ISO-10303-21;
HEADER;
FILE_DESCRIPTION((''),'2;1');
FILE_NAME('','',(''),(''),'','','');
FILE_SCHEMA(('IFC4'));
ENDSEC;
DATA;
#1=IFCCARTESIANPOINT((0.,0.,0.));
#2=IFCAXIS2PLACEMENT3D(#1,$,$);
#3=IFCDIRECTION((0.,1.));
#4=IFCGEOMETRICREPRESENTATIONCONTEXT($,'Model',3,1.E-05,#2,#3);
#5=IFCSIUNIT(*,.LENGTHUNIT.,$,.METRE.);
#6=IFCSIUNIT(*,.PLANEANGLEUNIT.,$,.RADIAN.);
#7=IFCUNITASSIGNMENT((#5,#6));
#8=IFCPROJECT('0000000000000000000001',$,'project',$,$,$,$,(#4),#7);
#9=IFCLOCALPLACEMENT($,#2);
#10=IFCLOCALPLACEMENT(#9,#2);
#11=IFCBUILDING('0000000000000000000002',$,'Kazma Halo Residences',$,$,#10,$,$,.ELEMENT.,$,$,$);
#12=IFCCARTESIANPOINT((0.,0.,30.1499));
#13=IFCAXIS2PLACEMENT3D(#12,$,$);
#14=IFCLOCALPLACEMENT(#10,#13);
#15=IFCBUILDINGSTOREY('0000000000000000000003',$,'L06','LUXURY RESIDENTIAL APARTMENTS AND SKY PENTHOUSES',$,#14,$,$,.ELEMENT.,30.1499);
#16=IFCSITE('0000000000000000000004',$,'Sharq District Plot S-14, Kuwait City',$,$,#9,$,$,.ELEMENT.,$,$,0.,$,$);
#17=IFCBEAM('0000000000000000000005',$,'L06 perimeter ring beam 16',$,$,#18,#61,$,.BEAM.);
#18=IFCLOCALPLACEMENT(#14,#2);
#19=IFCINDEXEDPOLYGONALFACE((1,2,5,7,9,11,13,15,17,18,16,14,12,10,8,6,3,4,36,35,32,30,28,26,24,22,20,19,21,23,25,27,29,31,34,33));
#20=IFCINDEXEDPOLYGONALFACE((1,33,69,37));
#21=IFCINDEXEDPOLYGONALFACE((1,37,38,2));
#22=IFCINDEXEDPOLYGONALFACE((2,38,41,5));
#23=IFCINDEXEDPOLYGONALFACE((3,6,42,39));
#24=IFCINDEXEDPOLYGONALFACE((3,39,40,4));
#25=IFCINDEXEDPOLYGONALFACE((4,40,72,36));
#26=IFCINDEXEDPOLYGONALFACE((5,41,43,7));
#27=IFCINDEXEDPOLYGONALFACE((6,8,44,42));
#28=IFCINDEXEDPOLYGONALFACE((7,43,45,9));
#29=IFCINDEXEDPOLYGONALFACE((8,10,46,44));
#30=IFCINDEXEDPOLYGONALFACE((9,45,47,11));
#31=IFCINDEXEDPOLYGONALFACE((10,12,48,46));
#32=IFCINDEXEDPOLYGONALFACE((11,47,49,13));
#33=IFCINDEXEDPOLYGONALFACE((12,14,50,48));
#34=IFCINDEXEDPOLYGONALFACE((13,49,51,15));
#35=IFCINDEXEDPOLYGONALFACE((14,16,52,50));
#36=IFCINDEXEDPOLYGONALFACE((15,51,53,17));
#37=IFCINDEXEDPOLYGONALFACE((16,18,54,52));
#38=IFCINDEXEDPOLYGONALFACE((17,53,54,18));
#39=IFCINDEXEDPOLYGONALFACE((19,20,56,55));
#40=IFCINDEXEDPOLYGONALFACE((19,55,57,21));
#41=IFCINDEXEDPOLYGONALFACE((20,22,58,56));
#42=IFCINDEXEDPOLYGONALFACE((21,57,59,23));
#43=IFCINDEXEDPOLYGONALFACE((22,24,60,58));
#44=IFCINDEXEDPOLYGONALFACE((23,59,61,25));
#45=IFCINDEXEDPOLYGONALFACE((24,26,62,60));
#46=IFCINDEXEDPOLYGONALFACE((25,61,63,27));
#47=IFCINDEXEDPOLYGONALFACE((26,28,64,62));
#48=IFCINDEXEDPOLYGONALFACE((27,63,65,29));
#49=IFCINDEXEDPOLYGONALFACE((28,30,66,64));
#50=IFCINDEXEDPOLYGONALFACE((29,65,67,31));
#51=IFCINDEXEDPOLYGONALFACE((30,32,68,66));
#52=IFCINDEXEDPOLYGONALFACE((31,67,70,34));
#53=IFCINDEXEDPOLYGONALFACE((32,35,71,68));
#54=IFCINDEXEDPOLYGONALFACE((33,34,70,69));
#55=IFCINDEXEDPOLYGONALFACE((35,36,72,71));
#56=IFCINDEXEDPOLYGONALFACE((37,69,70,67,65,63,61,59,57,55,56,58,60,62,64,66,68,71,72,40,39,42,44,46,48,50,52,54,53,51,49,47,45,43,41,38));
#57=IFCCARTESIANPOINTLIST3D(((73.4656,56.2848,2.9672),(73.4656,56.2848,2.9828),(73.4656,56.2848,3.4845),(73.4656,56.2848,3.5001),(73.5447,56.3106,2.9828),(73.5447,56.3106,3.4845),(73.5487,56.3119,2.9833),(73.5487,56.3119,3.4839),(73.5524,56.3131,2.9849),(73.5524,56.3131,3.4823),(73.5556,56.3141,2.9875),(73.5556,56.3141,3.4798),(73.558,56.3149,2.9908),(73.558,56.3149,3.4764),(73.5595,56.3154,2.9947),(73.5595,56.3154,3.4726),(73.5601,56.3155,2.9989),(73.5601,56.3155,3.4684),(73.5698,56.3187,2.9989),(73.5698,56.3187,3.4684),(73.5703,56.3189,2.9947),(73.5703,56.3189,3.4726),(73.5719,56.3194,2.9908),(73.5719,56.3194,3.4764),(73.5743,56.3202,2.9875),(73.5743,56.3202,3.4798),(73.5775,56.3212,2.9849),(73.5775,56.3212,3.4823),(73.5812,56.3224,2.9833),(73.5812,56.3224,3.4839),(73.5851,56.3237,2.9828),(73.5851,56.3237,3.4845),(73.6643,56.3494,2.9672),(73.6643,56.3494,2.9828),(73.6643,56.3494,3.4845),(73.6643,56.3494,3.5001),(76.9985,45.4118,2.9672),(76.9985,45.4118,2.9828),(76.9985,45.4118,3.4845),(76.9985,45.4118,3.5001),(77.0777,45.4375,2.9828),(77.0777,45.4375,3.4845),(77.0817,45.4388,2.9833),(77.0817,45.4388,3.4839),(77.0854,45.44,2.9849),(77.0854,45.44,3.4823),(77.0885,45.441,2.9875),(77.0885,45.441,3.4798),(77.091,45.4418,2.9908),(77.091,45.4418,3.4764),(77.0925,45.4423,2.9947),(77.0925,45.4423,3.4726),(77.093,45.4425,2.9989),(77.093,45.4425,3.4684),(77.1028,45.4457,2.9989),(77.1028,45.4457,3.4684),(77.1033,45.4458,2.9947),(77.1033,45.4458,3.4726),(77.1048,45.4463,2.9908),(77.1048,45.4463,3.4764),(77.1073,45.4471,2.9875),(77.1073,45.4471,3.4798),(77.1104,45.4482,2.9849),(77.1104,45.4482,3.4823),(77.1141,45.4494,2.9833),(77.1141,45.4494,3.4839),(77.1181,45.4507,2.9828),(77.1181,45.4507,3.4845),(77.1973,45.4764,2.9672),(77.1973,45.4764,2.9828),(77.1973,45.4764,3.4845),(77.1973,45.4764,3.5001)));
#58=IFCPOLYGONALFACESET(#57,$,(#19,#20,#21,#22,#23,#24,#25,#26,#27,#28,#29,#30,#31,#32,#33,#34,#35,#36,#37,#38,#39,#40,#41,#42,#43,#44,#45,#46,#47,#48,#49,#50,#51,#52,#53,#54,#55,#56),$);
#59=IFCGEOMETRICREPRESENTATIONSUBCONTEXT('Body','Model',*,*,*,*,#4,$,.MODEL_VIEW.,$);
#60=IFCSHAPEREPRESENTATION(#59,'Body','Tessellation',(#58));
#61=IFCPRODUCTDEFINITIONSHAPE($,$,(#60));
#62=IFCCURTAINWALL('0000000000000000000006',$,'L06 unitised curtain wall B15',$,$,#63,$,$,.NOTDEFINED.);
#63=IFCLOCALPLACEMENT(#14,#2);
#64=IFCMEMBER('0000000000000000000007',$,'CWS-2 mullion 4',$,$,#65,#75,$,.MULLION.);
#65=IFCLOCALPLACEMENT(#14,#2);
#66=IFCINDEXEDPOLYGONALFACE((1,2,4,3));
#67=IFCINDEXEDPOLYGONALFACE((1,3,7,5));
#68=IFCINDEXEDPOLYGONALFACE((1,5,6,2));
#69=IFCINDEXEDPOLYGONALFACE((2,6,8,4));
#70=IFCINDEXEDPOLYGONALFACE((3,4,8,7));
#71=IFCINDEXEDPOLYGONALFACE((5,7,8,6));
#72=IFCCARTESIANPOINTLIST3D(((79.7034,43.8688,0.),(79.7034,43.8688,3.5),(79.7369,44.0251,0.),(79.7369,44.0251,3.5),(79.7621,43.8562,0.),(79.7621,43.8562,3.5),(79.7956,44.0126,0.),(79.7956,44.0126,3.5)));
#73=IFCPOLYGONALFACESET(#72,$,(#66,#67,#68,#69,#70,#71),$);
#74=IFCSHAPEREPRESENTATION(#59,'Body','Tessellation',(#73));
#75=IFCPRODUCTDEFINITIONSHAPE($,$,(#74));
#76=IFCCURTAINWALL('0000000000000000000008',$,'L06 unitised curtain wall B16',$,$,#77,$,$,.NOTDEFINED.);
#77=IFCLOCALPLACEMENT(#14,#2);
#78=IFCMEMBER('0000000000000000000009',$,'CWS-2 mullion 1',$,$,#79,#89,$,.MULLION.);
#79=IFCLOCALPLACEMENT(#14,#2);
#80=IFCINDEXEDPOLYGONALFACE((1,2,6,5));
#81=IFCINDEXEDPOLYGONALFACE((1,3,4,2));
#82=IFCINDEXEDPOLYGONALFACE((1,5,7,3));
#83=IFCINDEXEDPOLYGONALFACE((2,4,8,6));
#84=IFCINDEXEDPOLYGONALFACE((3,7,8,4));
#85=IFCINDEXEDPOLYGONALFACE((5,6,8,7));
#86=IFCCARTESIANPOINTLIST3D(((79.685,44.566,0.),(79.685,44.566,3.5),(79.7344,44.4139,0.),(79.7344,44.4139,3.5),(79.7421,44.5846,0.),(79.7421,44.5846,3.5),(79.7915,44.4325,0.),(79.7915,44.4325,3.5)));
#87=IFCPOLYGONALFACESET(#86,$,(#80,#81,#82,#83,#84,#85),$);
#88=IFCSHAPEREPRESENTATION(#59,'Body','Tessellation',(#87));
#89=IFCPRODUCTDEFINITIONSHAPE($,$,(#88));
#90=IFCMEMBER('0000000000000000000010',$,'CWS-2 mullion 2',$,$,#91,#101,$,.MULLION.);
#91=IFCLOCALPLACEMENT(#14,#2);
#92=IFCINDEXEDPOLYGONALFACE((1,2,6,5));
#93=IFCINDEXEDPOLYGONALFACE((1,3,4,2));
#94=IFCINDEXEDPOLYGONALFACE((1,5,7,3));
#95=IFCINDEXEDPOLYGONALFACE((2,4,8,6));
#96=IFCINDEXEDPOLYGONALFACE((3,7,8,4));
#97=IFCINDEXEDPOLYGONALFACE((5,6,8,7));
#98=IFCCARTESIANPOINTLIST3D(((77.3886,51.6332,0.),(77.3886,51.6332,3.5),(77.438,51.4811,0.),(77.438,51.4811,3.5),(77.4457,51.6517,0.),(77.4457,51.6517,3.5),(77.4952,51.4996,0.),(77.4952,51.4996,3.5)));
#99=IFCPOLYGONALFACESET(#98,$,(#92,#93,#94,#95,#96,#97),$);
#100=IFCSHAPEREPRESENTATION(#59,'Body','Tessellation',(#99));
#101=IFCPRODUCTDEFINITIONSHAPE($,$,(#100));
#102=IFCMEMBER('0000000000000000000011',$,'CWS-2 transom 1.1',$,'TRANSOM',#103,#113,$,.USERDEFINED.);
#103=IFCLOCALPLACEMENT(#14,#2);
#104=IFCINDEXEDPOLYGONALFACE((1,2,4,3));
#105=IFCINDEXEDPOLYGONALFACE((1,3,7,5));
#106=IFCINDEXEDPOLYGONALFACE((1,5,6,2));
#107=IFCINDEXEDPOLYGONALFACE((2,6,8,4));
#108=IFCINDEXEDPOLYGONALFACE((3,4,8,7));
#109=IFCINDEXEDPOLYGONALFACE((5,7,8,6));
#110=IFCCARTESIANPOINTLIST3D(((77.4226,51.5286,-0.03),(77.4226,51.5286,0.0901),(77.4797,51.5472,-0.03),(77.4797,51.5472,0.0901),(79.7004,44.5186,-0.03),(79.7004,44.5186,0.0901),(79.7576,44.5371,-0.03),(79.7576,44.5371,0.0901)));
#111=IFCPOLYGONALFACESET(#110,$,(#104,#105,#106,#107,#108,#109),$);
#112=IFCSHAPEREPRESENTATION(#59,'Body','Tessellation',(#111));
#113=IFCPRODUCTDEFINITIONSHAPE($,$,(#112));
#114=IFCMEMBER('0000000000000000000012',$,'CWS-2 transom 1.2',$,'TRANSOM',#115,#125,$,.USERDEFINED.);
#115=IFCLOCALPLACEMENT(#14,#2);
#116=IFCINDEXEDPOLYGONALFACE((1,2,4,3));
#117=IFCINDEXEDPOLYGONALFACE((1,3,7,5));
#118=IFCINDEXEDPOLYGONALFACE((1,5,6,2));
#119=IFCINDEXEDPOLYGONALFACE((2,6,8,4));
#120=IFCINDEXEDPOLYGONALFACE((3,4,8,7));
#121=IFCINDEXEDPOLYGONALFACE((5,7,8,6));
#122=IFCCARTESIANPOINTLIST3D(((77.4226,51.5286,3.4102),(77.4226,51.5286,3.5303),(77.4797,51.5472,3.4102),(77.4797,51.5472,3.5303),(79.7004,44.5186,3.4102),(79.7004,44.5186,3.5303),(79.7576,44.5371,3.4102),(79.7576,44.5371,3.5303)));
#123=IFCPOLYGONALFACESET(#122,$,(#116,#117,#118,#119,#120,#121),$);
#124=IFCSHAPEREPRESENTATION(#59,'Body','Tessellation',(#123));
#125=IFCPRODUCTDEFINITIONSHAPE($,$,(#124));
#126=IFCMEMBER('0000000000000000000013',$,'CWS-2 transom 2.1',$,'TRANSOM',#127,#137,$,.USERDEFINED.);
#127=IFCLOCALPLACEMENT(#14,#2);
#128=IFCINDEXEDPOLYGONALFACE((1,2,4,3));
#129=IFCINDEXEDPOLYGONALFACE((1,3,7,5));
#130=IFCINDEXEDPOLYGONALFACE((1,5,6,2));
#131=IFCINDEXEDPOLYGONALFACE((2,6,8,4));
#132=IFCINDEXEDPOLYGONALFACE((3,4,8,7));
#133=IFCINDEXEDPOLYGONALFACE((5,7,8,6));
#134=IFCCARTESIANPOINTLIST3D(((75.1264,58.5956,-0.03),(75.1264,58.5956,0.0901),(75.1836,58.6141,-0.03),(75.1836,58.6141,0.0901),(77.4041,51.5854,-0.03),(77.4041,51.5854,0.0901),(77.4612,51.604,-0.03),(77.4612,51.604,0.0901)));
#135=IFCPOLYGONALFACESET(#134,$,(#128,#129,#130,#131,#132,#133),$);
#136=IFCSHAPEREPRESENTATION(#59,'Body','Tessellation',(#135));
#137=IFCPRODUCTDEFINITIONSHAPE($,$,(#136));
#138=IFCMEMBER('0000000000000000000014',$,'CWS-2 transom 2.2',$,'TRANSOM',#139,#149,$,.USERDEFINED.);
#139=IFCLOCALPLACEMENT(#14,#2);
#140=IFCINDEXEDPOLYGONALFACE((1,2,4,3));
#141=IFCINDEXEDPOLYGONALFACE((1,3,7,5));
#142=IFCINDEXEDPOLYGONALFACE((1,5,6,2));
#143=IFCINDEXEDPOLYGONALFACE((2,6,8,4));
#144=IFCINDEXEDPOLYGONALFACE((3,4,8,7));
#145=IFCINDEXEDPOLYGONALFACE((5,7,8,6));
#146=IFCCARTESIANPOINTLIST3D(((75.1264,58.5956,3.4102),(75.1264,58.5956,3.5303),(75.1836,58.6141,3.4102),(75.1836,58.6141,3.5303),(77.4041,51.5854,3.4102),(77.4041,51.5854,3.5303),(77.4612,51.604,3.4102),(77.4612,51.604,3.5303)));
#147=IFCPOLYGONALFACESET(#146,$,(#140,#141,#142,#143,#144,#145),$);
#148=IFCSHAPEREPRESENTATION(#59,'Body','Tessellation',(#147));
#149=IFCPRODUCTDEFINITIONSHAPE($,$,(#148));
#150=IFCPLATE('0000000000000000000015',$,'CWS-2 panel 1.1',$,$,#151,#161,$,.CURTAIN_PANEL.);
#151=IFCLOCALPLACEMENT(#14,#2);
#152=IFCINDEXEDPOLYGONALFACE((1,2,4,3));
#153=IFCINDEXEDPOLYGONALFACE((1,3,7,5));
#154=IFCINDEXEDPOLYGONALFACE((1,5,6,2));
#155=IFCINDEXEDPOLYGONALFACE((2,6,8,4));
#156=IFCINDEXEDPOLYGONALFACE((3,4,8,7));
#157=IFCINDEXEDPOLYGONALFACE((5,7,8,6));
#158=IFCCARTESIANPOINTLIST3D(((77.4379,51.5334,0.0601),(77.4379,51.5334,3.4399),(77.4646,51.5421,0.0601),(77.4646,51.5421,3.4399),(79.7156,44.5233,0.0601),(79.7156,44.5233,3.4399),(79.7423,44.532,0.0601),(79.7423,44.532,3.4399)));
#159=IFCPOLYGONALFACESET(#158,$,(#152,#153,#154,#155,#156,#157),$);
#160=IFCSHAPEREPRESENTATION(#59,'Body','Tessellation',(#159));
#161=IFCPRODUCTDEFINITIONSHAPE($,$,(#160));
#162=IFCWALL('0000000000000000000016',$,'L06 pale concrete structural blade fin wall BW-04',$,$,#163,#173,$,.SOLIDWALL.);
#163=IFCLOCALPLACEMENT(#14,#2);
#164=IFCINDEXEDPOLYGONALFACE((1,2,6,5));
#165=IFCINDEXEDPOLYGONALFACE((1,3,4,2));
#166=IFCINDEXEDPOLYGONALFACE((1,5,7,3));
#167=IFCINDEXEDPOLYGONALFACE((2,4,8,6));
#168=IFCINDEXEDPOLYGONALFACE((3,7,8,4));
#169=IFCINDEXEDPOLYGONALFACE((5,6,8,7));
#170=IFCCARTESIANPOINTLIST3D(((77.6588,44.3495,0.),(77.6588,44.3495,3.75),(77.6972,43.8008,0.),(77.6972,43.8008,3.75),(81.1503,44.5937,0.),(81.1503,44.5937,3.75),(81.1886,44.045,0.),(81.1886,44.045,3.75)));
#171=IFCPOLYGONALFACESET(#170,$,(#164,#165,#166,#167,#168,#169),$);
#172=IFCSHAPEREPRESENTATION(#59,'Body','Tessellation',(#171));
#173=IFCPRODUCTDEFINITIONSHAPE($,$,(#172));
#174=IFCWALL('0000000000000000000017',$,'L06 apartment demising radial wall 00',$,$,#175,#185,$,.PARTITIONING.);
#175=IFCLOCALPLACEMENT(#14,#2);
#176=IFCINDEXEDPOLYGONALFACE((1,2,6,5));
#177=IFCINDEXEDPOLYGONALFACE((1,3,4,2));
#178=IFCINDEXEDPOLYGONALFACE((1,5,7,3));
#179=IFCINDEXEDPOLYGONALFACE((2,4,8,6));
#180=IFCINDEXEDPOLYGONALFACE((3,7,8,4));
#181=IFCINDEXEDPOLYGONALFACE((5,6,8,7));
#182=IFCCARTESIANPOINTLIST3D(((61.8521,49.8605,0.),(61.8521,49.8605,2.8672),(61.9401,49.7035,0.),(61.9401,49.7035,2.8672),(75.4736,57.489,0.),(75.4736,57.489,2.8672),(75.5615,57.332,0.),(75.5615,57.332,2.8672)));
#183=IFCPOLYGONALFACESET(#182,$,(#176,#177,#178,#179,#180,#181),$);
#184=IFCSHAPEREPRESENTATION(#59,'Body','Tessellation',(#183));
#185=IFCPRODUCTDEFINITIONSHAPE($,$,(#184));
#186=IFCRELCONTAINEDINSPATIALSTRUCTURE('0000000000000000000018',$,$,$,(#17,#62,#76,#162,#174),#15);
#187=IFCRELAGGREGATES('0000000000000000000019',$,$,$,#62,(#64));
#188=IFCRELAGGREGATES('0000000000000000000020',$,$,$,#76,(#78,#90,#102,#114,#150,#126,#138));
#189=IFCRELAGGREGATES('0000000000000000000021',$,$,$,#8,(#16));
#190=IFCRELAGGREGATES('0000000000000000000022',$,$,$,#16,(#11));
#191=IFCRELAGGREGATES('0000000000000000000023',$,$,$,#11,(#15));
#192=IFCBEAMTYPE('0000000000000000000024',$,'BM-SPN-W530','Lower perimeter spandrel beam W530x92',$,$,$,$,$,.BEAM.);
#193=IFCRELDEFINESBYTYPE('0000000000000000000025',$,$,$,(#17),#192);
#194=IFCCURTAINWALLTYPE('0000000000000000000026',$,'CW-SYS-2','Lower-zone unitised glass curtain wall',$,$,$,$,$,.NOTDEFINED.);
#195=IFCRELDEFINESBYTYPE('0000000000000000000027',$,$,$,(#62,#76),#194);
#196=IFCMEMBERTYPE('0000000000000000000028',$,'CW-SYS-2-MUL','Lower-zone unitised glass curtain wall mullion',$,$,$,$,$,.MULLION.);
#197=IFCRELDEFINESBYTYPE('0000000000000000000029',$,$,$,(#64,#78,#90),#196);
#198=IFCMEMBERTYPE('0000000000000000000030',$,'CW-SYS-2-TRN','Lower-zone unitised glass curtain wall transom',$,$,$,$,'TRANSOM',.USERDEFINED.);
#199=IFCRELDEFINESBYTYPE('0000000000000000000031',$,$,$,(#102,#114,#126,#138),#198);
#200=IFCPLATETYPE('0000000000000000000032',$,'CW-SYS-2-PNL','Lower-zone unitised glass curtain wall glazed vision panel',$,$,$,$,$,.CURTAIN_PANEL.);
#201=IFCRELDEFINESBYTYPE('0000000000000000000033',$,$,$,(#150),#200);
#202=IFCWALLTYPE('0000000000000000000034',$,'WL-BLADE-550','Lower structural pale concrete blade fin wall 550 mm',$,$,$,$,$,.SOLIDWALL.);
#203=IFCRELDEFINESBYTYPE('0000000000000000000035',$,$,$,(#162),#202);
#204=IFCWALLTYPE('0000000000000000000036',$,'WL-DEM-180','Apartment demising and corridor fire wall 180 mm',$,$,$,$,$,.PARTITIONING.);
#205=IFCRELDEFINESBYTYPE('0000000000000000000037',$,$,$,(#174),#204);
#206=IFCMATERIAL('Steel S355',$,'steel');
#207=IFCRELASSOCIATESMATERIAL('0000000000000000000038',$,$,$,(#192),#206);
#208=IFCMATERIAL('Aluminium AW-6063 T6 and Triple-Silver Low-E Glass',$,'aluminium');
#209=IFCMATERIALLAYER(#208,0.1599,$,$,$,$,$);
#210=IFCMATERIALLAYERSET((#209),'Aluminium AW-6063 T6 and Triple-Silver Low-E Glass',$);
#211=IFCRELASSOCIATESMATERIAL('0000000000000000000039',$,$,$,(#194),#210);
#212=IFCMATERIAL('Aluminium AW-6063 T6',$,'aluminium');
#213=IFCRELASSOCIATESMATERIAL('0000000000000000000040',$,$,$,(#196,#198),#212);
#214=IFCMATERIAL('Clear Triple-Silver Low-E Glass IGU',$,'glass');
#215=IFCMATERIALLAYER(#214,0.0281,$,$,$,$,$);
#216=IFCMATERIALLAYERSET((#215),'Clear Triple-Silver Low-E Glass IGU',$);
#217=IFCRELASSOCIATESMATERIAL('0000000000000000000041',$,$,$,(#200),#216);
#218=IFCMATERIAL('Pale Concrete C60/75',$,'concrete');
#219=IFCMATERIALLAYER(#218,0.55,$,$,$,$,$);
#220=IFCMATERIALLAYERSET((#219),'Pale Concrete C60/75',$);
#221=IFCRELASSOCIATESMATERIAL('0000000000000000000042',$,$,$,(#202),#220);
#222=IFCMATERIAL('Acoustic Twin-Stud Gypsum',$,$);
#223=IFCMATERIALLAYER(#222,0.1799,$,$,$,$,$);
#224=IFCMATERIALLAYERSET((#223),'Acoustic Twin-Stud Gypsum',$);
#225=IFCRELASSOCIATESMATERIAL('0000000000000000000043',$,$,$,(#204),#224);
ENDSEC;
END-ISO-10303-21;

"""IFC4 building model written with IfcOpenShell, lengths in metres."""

from ifc_helpers import new_model, si_unit, direction, frame, frame_2d, origin, origin_2d, place, context, subcontext, project, spatial, rectangle, i_section, extrude, material, layer, layer_set, material_profile, profile_set, type_object, element, aggregate, save


model = new_model("IFC4")

# Units and contexts
model_context = context("Model", 3, precision=1e-05, world=origin(), true_north=direction((0.0, 1.0)))
body_context = subcontext(model_context, "Body", "Model", "MODEL_VIEW")
ifc_project = project(units=[si_unit("LENGTHUNIT", "METRE"), si_unit("PLANEANGLEUNIT", "RADIAN")], contexts=[model_context])

# Site, building, storey
site_placement = place(None, origin())
site = spatial("IfcSite", under=ifc_project, at=site_placement, Name="Sharq District Plot S-14, Kuwait City", CompositionType="ELEMENT", RefElevation=0.0)
building_placement = place(site_placement, origin())
building = spatial("IfcBuilding", under=site, at=building_placement, Name="Kazma Halo Residences", CompositionType="ELEMENT")
storey_placement = place(building_placement, frame((0.0, 0.0, 30.1499)))
storey = spatial("IfcBuildingStorey", under=building, at=storey_placement, Name="L06", Description="LUXURY RESIDENTIAL APARTMENTS AND SKY PENTHOUSES", CompositionType="ELEMENT", Elevation=30.1499)

# Beam
ifc_material_1 = material(Name="Steel S355", Category="steel")
ifc_material_profile_1 = material_profile(ifc_material_1, i_section(OverallWidth=0.209, OverallDepth=0.533, WebThickness=0.0103, FlangeThickness=0.0156, FilletRadius=0.0161, at=origin_2d()), Name="W530x92")
ifc_profile_set_1 = profile_set([ifc_material_profile_1], Name="Steel S355")
beam_type_1 = type_object("IfcBeamType", Name="BM-SPN-W530", Description="Lower perimeter spandrel beam W530x92", PredefinedType="BEAM", material=ifc_profile_set_1)
beam_1_placement = place(storey_placement, frame((77.0979, 45.4441, 3.2336), z_axis=(-0.309024, 0.951054, 0.0), x_axis=(-0.951054, -0.309024, 0.0)))
element("IfcBeam", 1, at=beam_1_placement, inside=storey, type_object=beam_type_1, Name="L06 perimeter ring beam 16", PredefinedType="BEAM", context=body_context, shape_type="SweptSolid", body=[
    extrude(i_section(OverallWidth=0.209, OverallDepth=0.533, WebThickness=0.0103, FlangeThickness=0.0156, FilletRadius=0.0161, at=origin_2d()), origin(), (0.0, 0.0, 1.0), 11.4326),
])

# Curtain wall, member
ifc_material_2 = material(Name="Aluminium AW-6063 T6 and Triple-Silver Low-E Glass", Category="aluminium")
ifc_layer_1 = layer(ifc_material_2, 0.1599)
ifc_layer_set_1 = layer_set([ifc_layer_1], Name="Aluminium AW-6063 T6 and Triple-Silver Low-E Glass")
curtain_wall_type = type_object("IfcCurtainWallType", Name="CW-SYS-2", Description="Lower-zone unitised glass curtain wall", PredefinedType="NOTDEFINED", material=ifc_layer_set_1)
curtain_wall_1_placement = place(storey_placement, origin())
curtain_wall_1 = element("IfcCurtainWall", 2, at=curtain_wall_1_placement, inside=storey, type_object=curtain_wall_type, Name="L06 unitised curtain wall B15", PredefinedType="NOTDEFINED")
ifc_material_3 = material(Name="Aluminium AW-6063 T6", Category="aluminium")
ifc_material_profile_2 = material_profile(ifc_material_3, rectangle(XDim=0.0601, YDim=0.1599, at=origin_2d()), Name="CWM-60x160")
ifc_profile_set_2 = profile_set([ifc_material_profile_2], Name="Aluminium AW-6063 T6")
member_type_1 = type_object("IfcMemberType", Name="CW-SYS-2-MUL", Description="Lower-zone unitised glass curtain wall mullion", PredefinedType="MULLION", material=ifc_profile_set_2)
member_1_placement = place(storey_placement, frame((79.7495, 43.9407, 0.0), z_axis=(0.0, 0.0, 1.0), x_axis=(-0.977779, 0.209637, 0.0)))
member_1 = element("IfcMember", 3, at=member_1_placement, type_object=member_type_1, Name="CWS-2 mullion 4", PredefinedType="MULLION", context=body_context, shape_type="SweptSolid", body=[
    extrude(rectangle(XDim=0.0601, YDim=0.1599, at=origin_2d()), origin(), (0.0, 0.0, 1.0), 3.5),
])
aggregate(curtain_wall_1, [member_1])

# Curtain wall, members, plate
curtain_wall_2_placement = place(storey_placement, origin())
curtain_wall_2 = element("IfcCurtainWall", 4, at=curtain_wall_2_placement, inside=storey, type_object=curtain_wall_type, Name="L06 unitised curtain wall B16", PredefinedType="NOTDEFINED")
member_2_placement = place(storey_placement, frame((79.7383, 44.4993, 0.0), z_axis=(0.0, 0.0, 1.0), x_axis=(-0.951057, -0.309017, 0.0)))
member_2 = element("IfcMember", 5, at=member_2_placement, type_object=member_type_1, Name="CWS-2 mullion 1", PredefinedType="MULLION", context=body_context, shape_type="SweptSolid", body=[
    extrude(rectangle(XDim=0.0601, YDim=0.1599, at=origin_2d()), origin(), (0.0, 0.0, 1.0), 3.5),
])
member_3_placement = place(storey_placement, frame((77.4419, 51.5664, 0.0), z_axis=(0.0, 0.0, 1.0), x_axis=(-0.951057, -0.309017, 0.0)))
member_3 = element("IfcMember", 6, at=member_3_placement, type_object=member_type_1, Name="CWS-2 mullion 2", PredefinedType="MULLION", context=body_context, shape_type="SweptSolid", body=[
    extrude(rectangle(XDim=0.0601, YDim=0.1599, at=origin_2d()), origin(), (0.0, 0.0, 1.0), 3.5),
])
ifc_material_profile_3 = material_profile(ifc_material_3, rectangle(XDim=0.0601, YDim=0.1201, at=origin_2d()), Name="CWT-60x120")
ifc_profile_set_3 = profile_set([ifc_material_profile_3], Name="Aluminium AW-6063 T6")
member_type_2 = type_object("IfcMemberType", Name="CW-SYS-2-TRN", Description="Lower-zone unitised glass curtain wall transom", ElementType="TRANSOM", PredefinedType="USERDEFINED", material=ifc_profile_set_3)
member_4_placement = place(storey_placement, frame((79.729, 44.5278, 0.03), z_axis=(-0.309034, 0.951051, 0.0), x_axis=(-0.951051, -0.309034, 0.0)))
member_4 = element("IfcMember", 7, at=member_4_placement, type_object=member_type_2, Name="CWS-2 transom 1.1", ObjectType="TRANSOM", PredefinedType="USERDEFINED", context=body_context, shape_type="SweptSolid", body=[
    extrude(rectangle(XDim=0.0601, YDim=0.1201, at=origin_2d()), origin(), (0.0, 0.0, 1.0), 7.3708),
])
member_5_placement = place(storey_placement, frame((79.729, 44.5278, 3.4702), z_axis=(-0.309034, 0.951051, 0.0), x_axis=(-0.951051, -0.309034, 0.0)))
member_5 = element("IfcMember", 8, at=member_5_placement, type_object=member_type_2, Name="CWS-2 transom 1.2", ObjectType="TRANSOM", PredefinedType="USERDEFINED", context=body_context, shape_type="SweptSolid", body=[
    extrude(rectangle(XDim=0.0601, YDim=0.1201, at=origin_2d()), origin(), (0.0, 0.0, 1.0), 7.3708),
])
member_6_placement = place(storey_placement, frame((77.4326, 51.5947, 0.03), z_axis=(-0.309004, 0.951061, 0.0), x_axis=(-0.951061, -0.309004, 0.0)))
member_6 = element("IfcMember", 9, at=member_6_placement, type_object=member_type_2, Name="CWS-2 transom 2.1", ObjectType="TRANSOM", PredefinedType="USERDEFINED", context=body_context, shape_type="SweptSolid", body=[
    extrude(rectangle(XDim=0.0601, YDim=0.1201, at=origin_2d()), origin(), (0.0, 0.0, 1.0), 7.3708),
])
member_7_placement = place(storey_placement, frame((77.4326, 51.5947, 3.4702), z_axis=(-0.309004, 0.951061, 0.0), x_axis=(-0.951061, -0.309004, 0.0)))
member_7 = element("IfcMember", 10, at=member_7_placement, type_object=member_type_2, Name="CWS-2 transom 2.2", ObjectType="TRANSOM", PredefinedType="USERDEFINED", context=body_context, shape_type="SweptSolid", body=[
    extrude(rectangle(XDim=0.0601, YDim=0.1201, at=origin_2d()), origin(), (0.0, 0.0, 1.0), 7.3708),
])
ifc_material_4 = material(Name="Clear Triple-Silver Low-E Glass IGU", Category="glass")
ifc_layer_2 = layer(ifc_material_4, 0.0281)
ifc_layer_set_2 = layer_set([ifc_layer_2], Name="Clear Triple-Silver Low-E Glass IGU")
plate_type = type_object("IfcPlateType", Name="CW-SYS-2-PNL", Description="Lower-zone unitised glass curtain wall glazed vision panel", PredefinedType="CURTAIN_PANEL", material=ifc_layer_set_2)
plate_placement = place(storey_placement, frame((78.5901, 48.0327, 0.0601), z_axis=(0.0, 0.0, 1.0), x_axis=(-0.309017, 0.951057, 0.0)))
plate = element("IfcPlate", 11, at=plate_placement, type_object=plate_type, Name="CWS-2 panel 1.1", PredefinedType="CURTAIN_PANEL", context=body_context, shape_type="SweptSolid", body=[
    extrude(rectangle(XDim=7.3708, YDim=0.0281, at=origin_2d()), origin(), (0.0, 0.0, 1.0), 3.3799),
])
aggregate(curtain_wall_2, [member_2, member_3, member_4, member_5, plate, member_6, member_7])

# Walls
ifc_material_5 = material(Name="Pale Concrete C60/75", Category="concrete")
ifc_layer_3 = layer(ifc_material_5, 0.55)
ifc_layer_set_3 = layer_set([ifc_layer_3], Name="Pale Concrete C60/75")
wall_type_1 = type_object("IfcWallType", Name="WL-BLADE-550", Description="Lower structural pale concrete blade fin wall 550 mm", PredefinedType="SOLIDWALL", material=ifc_layer_set_3)
wall_1_placement = place(storey_placement, frame((77.678, 44.0752, 0.0), z_axis=(0.0, 0.0, 1.0), x_axis=(0.997564, 0.069755, 0.0)))
element("IfcWall", 12, at=wall_1_placement, inside=storey, type_object=wall_type_1, Name="L06 pale concrete structural blade fin wall BW-04", PredefinedType="SOLIDWALL", context=body_context, shape_type="SweptSolid", body=[
    extrude(rectangle(XDim=3.5, YDim=0.55, at=frame_2d((1.75, 0.0))), origin(), (0.0, 0.0, 1.0), 3.75),
])
ifc_material_6 = material(Name="Acoustic Twin-Stud Gypsum")
ifc_layer_4 = layer(ifc_material_6, 0.1799)
ifc_layer_set_4 = layer_set([ifc_layer_4], Name="Acoustic Twin-Stud Gypsum")
wall_type_2 = type_object("IfcWallType", Name="WL-DEM-180", Description="Apartment demising and corridor fire wall 180 mm", PredefinedType="PARTITIONING", material=ifc_layer_set_4)
wall_2_placement = place(storey_placement, frame((61.896, 49.782, 0.0), z_axis=(0.0, 0.0, 1.0), x_axis=(0.872493, 0.488626, 0.0)))
element("IfcWall", 13, at=wall_2_placement, inside=storey, type_object=wall_type_2, Name="L06 apartment demising radial wall 00", PredefinedType="PARTITIONING", context=body_context, shape_type="SweptSolid", body=[
    extrude(rectangle(XDim=15.6121, YDim=0.1799, at=frame_2d((7.8062, 0.0))), origin(), (0.0, 0.0, 1.0), 2.8672),
])

save(model, "model.ifc")
